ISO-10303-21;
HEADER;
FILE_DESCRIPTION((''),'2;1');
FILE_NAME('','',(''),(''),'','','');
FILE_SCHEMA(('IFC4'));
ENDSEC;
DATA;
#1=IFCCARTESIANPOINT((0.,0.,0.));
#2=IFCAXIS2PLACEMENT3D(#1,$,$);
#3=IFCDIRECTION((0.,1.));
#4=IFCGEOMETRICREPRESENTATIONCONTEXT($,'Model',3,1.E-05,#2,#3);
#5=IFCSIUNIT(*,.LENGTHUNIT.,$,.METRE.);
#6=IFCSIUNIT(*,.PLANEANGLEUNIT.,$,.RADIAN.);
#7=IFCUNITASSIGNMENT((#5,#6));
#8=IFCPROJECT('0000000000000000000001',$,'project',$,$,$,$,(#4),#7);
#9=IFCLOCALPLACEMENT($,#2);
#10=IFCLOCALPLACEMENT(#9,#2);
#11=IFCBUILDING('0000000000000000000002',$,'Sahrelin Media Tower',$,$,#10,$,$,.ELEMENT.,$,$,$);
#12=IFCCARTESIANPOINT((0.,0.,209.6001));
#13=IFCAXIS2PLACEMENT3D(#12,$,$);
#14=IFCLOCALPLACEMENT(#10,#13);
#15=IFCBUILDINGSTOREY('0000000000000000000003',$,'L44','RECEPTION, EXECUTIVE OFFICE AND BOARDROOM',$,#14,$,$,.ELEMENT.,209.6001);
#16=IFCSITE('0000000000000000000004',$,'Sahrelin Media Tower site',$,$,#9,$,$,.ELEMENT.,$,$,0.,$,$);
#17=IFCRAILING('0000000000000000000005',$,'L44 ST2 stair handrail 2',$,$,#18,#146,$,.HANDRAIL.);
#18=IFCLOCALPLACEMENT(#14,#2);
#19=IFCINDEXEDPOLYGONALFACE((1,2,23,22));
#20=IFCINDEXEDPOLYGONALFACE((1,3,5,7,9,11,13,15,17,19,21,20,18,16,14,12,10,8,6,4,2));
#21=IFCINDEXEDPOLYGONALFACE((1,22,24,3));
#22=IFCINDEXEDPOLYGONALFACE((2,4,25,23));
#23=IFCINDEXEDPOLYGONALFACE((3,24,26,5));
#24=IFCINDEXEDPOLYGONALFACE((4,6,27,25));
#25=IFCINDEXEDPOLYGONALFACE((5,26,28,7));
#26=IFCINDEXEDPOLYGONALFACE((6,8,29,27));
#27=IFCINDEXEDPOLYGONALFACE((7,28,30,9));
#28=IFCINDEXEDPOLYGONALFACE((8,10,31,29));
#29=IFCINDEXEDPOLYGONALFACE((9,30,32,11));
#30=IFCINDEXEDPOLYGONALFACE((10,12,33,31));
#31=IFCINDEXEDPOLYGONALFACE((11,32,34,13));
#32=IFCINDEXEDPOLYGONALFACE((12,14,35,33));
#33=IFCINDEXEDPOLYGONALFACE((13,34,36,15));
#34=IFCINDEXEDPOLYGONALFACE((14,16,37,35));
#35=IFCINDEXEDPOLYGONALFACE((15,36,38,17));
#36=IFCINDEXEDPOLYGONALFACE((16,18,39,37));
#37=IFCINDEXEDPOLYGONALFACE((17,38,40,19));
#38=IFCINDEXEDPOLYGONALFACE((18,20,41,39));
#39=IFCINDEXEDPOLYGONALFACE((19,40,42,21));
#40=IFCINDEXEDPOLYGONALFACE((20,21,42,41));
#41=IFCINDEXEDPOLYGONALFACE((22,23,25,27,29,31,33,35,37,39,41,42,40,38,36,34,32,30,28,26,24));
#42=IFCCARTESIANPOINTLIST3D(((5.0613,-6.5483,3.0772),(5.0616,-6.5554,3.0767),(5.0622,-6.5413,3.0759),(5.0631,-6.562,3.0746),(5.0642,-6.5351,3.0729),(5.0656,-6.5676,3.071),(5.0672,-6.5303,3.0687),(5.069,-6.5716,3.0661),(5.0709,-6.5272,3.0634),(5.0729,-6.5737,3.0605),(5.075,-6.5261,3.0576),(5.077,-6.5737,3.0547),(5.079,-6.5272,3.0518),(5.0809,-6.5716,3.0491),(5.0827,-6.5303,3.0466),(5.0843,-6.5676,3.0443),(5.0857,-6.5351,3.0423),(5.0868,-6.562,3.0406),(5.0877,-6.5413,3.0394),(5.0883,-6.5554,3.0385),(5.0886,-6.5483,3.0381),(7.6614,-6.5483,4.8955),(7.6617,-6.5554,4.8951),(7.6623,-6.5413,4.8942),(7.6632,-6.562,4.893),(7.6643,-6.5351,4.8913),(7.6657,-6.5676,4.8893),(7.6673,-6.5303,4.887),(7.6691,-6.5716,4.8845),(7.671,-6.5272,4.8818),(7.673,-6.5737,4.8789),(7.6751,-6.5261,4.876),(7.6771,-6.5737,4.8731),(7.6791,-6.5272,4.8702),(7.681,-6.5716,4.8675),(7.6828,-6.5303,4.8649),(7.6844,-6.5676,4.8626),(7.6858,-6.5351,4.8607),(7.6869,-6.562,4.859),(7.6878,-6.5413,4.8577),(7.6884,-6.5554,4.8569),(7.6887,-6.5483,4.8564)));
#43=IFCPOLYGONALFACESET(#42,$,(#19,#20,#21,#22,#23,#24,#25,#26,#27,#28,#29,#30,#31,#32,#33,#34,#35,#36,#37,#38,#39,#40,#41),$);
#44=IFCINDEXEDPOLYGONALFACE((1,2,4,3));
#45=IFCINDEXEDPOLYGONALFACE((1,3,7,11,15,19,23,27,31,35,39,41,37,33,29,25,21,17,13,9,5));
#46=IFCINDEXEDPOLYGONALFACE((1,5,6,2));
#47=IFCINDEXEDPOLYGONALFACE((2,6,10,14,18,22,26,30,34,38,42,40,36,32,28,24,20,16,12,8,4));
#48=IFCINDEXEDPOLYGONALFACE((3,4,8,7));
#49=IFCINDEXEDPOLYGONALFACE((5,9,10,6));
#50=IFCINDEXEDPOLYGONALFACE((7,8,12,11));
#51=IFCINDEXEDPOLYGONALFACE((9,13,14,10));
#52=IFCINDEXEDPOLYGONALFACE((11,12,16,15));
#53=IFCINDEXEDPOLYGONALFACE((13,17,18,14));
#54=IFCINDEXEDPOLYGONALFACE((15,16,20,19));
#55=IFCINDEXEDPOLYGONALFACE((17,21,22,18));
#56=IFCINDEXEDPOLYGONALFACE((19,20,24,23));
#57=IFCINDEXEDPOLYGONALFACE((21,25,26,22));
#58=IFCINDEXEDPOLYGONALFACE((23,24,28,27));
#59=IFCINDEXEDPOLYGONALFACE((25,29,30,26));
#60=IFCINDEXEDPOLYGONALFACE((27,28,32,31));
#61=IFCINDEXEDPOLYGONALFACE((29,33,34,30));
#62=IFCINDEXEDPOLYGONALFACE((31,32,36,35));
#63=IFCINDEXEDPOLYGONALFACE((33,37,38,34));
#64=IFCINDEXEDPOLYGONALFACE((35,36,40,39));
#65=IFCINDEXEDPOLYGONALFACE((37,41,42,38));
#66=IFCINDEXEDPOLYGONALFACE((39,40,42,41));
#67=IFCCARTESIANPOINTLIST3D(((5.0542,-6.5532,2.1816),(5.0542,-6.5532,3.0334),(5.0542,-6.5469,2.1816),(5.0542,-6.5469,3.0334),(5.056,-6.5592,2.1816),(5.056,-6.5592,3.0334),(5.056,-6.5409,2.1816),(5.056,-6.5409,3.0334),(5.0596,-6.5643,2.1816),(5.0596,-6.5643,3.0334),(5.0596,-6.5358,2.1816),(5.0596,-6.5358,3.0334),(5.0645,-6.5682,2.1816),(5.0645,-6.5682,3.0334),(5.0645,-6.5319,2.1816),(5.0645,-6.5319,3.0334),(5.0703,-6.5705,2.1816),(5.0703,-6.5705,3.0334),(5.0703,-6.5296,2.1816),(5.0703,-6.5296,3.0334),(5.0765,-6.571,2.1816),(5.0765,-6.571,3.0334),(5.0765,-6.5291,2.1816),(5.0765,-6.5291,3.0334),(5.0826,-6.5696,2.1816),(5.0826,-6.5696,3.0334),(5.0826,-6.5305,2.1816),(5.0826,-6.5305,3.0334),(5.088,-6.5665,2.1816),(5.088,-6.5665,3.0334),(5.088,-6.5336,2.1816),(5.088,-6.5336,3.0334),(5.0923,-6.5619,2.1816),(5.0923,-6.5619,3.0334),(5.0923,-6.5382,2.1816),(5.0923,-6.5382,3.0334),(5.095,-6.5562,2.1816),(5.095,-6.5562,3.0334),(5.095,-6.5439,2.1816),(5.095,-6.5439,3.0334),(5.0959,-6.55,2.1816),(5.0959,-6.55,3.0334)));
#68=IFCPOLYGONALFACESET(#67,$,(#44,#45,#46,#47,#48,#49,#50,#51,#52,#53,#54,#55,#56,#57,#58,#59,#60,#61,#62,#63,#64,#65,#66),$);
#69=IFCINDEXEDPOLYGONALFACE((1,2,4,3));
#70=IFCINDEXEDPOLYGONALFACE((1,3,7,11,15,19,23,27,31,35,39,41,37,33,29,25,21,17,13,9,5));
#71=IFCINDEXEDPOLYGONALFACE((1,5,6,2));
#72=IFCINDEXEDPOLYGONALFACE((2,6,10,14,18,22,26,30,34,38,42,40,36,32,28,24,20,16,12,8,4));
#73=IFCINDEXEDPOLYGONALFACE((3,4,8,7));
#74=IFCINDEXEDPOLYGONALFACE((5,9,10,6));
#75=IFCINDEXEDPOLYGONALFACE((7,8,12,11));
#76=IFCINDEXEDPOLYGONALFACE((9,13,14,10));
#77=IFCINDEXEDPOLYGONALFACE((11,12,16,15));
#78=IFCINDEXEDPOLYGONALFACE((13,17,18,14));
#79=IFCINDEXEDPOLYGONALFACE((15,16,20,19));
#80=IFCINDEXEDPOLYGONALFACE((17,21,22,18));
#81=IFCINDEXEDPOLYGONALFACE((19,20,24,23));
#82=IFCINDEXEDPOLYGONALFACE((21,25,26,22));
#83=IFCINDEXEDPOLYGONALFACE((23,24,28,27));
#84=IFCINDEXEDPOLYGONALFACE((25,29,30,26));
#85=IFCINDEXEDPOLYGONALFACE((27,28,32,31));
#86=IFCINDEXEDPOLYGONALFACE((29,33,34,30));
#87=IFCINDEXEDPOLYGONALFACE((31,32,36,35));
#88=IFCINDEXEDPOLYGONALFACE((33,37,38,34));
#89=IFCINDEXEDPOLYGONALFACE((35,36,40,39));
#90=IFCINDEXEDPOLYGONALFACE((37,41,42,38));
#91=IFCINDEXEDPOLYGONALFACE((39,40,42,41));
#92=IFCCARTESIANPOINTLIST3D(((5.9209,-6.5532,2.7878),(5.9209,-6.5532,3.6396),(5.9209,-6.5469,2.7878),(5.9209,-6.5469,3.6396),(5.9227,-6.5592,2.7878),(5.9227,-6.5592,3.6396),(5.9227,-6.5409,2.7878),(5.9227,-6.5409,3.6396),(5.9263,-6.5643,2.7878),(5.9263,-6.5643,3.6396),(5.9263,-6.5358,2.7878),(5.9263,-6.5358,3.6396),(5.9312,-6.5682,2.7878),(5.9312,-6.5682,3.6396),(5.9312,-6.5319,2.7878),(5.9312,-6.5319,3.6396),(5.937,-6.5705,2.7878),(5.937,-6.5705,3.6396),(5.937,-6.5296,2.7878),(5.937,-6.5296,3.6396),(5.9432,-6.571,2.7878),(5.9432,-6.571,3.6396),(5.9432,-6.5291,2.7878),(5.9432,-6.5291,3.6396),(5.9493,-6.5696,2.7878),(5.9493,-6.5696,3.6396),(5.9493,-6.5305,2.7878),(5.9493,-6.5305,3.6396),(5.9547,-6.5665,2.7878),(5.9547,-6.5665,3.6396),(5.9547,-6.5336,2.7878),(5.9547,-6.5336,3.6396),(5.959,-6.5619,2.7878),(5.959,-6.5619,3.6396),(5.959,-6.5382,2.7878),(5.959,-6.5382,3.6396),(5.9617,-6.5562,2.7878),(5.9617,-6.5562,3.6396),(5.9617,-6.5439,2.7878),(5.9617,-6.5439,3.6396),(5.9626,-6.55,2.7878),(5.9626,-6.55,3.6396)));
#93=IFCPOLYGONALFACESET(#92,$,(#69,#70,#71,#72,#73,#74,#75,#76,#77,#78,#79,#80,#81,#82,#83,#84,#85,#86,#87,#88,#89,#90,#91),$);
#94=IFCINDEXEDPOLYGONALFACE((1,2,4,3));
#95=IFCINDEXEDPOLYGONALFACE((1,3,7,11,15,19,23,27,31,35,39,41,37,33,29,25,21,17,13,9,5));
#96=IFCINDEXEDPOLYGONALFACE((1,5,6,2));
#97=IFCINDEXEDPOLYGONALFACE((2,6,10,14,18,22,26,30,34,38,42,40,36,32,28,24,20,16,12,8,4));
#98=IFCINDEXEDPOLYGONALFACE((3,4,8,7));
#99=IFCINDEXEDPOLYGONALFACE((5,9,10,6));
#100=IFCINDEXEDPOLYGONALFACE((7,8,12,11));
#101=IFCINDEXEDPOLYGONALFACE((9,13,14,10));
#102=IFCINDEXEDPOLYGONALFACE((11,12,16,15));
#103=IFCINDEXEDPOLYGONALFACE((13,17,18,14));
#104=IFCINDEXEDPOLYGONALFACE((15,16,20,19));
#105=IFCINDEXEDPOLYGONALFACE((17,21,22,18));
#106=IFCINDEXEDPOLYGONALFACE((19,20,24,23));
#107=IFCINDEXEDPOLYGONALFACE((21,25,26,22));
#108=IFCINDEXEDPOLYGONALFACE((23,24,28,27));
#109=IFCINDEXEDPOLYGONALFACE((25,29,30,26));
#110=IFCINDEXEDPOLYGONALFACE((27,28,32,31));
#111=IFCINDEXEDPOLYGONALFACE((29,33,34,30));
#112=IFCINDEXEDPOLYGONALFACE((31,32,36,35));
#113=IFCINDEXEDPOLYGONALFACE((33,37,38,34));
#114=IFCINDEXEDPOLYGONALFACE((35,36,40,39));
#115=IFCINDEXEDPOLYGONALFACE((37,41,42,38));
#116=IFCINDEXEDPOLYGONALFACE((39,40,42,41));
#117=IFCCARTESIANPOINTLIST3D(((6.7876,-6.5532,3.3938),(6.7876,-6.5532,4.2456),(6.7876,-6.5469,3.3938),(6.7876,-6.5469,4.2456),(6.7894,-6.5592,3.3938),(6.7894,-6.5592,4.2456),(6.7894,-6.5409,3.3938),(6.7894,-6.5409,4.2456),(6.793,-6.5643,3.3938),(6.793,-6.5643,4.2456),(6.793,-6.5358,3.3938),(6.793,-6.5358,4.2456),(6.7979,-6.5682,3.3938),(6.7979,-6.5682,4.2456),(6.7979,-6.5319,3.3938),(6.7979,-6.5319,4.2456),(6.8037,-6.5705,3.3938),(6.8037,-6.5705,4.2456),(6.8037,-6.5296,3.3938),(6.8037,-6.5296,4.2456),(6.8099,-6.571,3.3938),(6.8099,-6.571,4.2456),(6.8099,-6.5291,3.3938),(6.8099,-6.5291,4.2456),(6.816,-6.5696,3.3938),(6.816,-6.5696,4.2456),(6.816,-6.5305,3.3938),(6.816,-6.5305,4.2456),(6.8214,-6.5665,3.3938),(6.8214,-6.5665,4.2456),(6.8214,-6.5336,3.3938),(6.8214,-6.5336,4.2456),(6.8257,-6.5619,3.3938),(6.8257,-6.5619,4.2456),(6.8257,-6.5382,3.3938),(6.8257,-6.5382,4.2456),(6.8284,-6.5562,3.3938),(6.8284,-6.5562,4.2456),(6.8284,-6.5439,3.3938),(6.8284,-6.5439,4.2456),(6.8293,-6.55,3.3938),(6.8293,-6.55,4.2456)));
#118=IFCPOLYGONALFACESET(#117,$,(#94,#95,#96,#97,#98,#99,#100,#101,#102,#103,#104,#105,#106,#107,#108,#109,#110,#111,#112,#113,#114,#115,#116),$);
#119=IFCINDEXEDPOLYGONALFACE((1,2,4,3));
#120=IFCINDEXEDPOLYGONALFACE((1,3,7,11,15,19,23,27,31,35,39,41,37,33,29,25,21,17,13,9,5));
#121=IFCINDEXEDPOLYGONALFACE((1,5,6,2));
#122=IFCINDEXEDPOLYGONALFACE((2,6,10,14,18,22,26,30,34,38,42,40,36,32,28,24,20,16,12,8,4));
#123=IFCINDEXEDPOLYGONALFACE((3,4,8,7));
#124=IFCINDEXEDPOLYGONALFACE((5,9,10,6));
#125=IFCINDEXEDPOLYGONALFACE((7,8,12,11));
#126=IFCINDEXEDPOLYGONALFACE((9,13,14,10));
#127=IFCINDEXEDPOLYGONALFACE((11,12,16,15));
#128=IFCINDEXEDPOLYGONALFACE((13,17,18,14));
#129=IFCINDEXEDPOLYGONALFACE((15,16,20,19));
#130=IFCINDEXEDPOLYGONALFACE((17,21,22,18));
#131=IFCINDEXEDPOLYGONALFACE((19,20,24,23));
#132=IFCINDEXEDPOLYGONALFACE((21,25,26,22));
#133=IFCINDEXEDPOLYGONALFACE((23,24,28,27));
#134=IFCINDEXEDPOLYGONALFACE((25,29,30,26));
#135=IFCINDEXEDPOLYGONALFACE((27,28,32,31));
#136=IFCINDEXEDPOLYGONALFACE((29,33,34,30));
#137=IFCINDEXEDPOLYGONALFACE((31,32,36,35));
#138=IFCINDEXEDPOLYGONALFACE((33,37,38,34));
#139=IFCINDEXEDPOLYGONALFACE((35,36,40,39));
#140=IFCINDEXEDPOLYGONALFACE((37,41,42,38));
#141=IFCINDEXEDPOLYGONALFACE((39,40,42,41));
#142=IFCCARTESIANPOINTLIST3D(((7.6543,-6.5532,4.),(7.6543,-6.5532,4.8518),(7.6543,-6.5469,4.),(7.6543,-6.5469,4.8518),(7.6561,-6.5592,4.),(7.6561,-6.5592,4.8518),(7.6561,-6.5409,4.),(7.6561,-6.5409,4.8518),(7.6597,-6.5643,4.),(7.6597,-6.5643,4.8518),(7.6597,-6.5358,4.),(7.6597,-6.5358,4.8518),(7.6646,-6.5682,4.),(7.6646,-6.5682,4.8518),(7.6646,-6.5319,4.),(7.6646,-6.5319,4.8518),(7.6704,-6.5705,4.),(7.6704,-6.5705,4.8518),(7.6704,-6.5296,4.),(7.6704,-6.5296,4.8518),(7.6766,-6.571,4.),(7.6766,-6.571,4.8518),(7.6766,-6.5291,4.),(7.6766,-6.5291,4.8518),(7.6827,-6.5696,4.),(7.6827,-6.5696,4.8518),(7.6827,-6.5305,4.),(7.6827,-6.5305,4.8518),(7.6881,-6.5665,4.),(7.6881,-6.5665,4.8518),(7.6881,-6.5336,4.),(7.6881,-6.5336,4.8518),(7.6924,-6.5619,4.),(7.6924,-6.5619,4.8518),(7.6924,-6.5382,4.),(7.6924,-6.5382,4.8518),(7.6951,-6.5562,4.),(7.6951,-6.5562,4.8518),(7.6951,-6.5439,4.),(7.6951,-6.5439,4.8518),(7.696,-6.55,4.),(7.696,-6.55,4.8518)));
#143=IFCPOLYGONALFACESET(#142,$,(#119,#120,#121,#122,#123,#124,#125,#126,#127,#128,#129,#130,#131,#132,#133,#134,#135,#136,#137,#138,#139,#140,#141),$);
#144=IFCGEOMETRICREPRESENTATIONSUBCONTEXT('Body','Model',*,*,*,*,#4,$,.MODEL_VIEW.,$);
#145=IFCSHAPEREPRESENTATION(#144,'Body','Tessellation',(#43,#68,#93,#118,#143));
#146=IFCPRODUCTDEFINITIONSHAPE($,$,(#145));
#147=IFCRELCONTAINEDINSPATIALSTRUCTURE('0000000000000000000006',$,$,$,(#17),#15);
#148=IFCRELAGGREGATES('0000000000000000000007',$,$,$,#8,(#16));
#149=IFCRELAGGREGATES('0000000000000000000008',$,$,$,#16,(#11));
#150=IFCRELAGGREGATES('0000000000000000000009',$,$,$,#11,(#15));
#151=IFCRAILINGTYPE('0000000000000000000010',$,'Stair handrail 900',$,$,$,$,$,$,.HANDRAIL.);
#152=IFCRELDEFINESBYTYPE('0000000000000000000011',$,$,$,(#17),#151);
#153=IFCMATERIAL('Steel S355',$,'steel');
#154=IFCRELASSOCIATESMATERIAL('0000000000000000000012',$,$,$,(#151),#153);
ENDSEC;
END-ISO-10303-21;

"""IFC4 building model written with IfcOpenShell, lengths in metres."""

from ifc_helpers import new_model, si_unit, direction, frame, origin, origin_2d, place, context, subcontext, project, spatial, circle, extrude, material, type_object, element, save


model = new_model("IFC4")

# Units and contexts
model_context = context("Model", 3, precision=1e-05, world=origin(), true_north=direction((0.0, 1.0)))
body_context = subcontext(model_context, "Body", "Model", "MODEL_VIEW")
ifc_project = project(units=[si_unit("LENGTHUNIT", "METRE"), si_unit("PLANEANGLEUNIT", "RADIAN")], contexts=[model_context])

# Site, building, storey
site_placement = place(None, origin())
site = spatial("IfcSite", under=ifc_project, at=site_placement, Name="Sahrelin Media Tower site", CompositionType="ELEMENT", RefElevation=0.0)
building_placement = place(site_placement, origin())
building = spatial("IfcBuilding", under=site, at=building_placement, Name="Sahrelin Media Tower", CompositionType="ELEMENT")
storey_placement = place(building_placement, frame((0.0, 0.0, 209.6001)))
storey = spatial("IfcBuildingStorey", under=building, at=storey_placement, Name="L44", Description="RECEPTION, EXECUTIVE OFFICE AND BOARDROOM", CompositionType="ELEMENT", Elevation=209.6001)

# Shared definitions
ifc_material_1 = material(Name="Steel S355", Category="steel")

# Railing
railing_type_1 = type_object("IfcRailingType", Name="Stair handrail 900", PredefinedType="HANDRAIL", material=ifc_material_1)
railing_1_placement = place(storey_placement, frame((5.075, -6.55, 2.1816)))
element("IfcRailing", 1, at=railing_1_placement, inside=storey, type_object=railing_type_1, Name="L44 ST2 stair handrail 2", PredefinedType="HANDRAIL", context=body_context, shape_type="SweptSolid", body=[
    extrude(circle(Radius=0.0239, at=origin_2d()), frame((0.0, 0.0, 0.876), z_axis=(0.819485, 0.0, 0.573101), x_axis=(0.0, 1.0, 0.0)), (0.0, 0.0, 1.0), 3.1729),
    extrude(circle(Radius=0.021, at=origin_2d()), origin(), (0.0, 0.0, 1.0), 0.8518),
    extrude(circle(Radius=0.021, at=origin_2d()), frame((0.8667, 0.0, 0.6062)), (0.0, 0.0, 1.0), 0.8518),
    extrude(circle(Radius=0.021, at=origin_2d()), frame((1.7334, 0.0, 1.2122)), (0.0, 0.0, 1.0), 0.8518),
    extrude(circle(Radius=0.021, at=origin_2d()), frame((2.6001, 0.0, 1.8184)), (0.0, 0.0, 1.0), 0.8518),
])

save(model, "model.ifc")
